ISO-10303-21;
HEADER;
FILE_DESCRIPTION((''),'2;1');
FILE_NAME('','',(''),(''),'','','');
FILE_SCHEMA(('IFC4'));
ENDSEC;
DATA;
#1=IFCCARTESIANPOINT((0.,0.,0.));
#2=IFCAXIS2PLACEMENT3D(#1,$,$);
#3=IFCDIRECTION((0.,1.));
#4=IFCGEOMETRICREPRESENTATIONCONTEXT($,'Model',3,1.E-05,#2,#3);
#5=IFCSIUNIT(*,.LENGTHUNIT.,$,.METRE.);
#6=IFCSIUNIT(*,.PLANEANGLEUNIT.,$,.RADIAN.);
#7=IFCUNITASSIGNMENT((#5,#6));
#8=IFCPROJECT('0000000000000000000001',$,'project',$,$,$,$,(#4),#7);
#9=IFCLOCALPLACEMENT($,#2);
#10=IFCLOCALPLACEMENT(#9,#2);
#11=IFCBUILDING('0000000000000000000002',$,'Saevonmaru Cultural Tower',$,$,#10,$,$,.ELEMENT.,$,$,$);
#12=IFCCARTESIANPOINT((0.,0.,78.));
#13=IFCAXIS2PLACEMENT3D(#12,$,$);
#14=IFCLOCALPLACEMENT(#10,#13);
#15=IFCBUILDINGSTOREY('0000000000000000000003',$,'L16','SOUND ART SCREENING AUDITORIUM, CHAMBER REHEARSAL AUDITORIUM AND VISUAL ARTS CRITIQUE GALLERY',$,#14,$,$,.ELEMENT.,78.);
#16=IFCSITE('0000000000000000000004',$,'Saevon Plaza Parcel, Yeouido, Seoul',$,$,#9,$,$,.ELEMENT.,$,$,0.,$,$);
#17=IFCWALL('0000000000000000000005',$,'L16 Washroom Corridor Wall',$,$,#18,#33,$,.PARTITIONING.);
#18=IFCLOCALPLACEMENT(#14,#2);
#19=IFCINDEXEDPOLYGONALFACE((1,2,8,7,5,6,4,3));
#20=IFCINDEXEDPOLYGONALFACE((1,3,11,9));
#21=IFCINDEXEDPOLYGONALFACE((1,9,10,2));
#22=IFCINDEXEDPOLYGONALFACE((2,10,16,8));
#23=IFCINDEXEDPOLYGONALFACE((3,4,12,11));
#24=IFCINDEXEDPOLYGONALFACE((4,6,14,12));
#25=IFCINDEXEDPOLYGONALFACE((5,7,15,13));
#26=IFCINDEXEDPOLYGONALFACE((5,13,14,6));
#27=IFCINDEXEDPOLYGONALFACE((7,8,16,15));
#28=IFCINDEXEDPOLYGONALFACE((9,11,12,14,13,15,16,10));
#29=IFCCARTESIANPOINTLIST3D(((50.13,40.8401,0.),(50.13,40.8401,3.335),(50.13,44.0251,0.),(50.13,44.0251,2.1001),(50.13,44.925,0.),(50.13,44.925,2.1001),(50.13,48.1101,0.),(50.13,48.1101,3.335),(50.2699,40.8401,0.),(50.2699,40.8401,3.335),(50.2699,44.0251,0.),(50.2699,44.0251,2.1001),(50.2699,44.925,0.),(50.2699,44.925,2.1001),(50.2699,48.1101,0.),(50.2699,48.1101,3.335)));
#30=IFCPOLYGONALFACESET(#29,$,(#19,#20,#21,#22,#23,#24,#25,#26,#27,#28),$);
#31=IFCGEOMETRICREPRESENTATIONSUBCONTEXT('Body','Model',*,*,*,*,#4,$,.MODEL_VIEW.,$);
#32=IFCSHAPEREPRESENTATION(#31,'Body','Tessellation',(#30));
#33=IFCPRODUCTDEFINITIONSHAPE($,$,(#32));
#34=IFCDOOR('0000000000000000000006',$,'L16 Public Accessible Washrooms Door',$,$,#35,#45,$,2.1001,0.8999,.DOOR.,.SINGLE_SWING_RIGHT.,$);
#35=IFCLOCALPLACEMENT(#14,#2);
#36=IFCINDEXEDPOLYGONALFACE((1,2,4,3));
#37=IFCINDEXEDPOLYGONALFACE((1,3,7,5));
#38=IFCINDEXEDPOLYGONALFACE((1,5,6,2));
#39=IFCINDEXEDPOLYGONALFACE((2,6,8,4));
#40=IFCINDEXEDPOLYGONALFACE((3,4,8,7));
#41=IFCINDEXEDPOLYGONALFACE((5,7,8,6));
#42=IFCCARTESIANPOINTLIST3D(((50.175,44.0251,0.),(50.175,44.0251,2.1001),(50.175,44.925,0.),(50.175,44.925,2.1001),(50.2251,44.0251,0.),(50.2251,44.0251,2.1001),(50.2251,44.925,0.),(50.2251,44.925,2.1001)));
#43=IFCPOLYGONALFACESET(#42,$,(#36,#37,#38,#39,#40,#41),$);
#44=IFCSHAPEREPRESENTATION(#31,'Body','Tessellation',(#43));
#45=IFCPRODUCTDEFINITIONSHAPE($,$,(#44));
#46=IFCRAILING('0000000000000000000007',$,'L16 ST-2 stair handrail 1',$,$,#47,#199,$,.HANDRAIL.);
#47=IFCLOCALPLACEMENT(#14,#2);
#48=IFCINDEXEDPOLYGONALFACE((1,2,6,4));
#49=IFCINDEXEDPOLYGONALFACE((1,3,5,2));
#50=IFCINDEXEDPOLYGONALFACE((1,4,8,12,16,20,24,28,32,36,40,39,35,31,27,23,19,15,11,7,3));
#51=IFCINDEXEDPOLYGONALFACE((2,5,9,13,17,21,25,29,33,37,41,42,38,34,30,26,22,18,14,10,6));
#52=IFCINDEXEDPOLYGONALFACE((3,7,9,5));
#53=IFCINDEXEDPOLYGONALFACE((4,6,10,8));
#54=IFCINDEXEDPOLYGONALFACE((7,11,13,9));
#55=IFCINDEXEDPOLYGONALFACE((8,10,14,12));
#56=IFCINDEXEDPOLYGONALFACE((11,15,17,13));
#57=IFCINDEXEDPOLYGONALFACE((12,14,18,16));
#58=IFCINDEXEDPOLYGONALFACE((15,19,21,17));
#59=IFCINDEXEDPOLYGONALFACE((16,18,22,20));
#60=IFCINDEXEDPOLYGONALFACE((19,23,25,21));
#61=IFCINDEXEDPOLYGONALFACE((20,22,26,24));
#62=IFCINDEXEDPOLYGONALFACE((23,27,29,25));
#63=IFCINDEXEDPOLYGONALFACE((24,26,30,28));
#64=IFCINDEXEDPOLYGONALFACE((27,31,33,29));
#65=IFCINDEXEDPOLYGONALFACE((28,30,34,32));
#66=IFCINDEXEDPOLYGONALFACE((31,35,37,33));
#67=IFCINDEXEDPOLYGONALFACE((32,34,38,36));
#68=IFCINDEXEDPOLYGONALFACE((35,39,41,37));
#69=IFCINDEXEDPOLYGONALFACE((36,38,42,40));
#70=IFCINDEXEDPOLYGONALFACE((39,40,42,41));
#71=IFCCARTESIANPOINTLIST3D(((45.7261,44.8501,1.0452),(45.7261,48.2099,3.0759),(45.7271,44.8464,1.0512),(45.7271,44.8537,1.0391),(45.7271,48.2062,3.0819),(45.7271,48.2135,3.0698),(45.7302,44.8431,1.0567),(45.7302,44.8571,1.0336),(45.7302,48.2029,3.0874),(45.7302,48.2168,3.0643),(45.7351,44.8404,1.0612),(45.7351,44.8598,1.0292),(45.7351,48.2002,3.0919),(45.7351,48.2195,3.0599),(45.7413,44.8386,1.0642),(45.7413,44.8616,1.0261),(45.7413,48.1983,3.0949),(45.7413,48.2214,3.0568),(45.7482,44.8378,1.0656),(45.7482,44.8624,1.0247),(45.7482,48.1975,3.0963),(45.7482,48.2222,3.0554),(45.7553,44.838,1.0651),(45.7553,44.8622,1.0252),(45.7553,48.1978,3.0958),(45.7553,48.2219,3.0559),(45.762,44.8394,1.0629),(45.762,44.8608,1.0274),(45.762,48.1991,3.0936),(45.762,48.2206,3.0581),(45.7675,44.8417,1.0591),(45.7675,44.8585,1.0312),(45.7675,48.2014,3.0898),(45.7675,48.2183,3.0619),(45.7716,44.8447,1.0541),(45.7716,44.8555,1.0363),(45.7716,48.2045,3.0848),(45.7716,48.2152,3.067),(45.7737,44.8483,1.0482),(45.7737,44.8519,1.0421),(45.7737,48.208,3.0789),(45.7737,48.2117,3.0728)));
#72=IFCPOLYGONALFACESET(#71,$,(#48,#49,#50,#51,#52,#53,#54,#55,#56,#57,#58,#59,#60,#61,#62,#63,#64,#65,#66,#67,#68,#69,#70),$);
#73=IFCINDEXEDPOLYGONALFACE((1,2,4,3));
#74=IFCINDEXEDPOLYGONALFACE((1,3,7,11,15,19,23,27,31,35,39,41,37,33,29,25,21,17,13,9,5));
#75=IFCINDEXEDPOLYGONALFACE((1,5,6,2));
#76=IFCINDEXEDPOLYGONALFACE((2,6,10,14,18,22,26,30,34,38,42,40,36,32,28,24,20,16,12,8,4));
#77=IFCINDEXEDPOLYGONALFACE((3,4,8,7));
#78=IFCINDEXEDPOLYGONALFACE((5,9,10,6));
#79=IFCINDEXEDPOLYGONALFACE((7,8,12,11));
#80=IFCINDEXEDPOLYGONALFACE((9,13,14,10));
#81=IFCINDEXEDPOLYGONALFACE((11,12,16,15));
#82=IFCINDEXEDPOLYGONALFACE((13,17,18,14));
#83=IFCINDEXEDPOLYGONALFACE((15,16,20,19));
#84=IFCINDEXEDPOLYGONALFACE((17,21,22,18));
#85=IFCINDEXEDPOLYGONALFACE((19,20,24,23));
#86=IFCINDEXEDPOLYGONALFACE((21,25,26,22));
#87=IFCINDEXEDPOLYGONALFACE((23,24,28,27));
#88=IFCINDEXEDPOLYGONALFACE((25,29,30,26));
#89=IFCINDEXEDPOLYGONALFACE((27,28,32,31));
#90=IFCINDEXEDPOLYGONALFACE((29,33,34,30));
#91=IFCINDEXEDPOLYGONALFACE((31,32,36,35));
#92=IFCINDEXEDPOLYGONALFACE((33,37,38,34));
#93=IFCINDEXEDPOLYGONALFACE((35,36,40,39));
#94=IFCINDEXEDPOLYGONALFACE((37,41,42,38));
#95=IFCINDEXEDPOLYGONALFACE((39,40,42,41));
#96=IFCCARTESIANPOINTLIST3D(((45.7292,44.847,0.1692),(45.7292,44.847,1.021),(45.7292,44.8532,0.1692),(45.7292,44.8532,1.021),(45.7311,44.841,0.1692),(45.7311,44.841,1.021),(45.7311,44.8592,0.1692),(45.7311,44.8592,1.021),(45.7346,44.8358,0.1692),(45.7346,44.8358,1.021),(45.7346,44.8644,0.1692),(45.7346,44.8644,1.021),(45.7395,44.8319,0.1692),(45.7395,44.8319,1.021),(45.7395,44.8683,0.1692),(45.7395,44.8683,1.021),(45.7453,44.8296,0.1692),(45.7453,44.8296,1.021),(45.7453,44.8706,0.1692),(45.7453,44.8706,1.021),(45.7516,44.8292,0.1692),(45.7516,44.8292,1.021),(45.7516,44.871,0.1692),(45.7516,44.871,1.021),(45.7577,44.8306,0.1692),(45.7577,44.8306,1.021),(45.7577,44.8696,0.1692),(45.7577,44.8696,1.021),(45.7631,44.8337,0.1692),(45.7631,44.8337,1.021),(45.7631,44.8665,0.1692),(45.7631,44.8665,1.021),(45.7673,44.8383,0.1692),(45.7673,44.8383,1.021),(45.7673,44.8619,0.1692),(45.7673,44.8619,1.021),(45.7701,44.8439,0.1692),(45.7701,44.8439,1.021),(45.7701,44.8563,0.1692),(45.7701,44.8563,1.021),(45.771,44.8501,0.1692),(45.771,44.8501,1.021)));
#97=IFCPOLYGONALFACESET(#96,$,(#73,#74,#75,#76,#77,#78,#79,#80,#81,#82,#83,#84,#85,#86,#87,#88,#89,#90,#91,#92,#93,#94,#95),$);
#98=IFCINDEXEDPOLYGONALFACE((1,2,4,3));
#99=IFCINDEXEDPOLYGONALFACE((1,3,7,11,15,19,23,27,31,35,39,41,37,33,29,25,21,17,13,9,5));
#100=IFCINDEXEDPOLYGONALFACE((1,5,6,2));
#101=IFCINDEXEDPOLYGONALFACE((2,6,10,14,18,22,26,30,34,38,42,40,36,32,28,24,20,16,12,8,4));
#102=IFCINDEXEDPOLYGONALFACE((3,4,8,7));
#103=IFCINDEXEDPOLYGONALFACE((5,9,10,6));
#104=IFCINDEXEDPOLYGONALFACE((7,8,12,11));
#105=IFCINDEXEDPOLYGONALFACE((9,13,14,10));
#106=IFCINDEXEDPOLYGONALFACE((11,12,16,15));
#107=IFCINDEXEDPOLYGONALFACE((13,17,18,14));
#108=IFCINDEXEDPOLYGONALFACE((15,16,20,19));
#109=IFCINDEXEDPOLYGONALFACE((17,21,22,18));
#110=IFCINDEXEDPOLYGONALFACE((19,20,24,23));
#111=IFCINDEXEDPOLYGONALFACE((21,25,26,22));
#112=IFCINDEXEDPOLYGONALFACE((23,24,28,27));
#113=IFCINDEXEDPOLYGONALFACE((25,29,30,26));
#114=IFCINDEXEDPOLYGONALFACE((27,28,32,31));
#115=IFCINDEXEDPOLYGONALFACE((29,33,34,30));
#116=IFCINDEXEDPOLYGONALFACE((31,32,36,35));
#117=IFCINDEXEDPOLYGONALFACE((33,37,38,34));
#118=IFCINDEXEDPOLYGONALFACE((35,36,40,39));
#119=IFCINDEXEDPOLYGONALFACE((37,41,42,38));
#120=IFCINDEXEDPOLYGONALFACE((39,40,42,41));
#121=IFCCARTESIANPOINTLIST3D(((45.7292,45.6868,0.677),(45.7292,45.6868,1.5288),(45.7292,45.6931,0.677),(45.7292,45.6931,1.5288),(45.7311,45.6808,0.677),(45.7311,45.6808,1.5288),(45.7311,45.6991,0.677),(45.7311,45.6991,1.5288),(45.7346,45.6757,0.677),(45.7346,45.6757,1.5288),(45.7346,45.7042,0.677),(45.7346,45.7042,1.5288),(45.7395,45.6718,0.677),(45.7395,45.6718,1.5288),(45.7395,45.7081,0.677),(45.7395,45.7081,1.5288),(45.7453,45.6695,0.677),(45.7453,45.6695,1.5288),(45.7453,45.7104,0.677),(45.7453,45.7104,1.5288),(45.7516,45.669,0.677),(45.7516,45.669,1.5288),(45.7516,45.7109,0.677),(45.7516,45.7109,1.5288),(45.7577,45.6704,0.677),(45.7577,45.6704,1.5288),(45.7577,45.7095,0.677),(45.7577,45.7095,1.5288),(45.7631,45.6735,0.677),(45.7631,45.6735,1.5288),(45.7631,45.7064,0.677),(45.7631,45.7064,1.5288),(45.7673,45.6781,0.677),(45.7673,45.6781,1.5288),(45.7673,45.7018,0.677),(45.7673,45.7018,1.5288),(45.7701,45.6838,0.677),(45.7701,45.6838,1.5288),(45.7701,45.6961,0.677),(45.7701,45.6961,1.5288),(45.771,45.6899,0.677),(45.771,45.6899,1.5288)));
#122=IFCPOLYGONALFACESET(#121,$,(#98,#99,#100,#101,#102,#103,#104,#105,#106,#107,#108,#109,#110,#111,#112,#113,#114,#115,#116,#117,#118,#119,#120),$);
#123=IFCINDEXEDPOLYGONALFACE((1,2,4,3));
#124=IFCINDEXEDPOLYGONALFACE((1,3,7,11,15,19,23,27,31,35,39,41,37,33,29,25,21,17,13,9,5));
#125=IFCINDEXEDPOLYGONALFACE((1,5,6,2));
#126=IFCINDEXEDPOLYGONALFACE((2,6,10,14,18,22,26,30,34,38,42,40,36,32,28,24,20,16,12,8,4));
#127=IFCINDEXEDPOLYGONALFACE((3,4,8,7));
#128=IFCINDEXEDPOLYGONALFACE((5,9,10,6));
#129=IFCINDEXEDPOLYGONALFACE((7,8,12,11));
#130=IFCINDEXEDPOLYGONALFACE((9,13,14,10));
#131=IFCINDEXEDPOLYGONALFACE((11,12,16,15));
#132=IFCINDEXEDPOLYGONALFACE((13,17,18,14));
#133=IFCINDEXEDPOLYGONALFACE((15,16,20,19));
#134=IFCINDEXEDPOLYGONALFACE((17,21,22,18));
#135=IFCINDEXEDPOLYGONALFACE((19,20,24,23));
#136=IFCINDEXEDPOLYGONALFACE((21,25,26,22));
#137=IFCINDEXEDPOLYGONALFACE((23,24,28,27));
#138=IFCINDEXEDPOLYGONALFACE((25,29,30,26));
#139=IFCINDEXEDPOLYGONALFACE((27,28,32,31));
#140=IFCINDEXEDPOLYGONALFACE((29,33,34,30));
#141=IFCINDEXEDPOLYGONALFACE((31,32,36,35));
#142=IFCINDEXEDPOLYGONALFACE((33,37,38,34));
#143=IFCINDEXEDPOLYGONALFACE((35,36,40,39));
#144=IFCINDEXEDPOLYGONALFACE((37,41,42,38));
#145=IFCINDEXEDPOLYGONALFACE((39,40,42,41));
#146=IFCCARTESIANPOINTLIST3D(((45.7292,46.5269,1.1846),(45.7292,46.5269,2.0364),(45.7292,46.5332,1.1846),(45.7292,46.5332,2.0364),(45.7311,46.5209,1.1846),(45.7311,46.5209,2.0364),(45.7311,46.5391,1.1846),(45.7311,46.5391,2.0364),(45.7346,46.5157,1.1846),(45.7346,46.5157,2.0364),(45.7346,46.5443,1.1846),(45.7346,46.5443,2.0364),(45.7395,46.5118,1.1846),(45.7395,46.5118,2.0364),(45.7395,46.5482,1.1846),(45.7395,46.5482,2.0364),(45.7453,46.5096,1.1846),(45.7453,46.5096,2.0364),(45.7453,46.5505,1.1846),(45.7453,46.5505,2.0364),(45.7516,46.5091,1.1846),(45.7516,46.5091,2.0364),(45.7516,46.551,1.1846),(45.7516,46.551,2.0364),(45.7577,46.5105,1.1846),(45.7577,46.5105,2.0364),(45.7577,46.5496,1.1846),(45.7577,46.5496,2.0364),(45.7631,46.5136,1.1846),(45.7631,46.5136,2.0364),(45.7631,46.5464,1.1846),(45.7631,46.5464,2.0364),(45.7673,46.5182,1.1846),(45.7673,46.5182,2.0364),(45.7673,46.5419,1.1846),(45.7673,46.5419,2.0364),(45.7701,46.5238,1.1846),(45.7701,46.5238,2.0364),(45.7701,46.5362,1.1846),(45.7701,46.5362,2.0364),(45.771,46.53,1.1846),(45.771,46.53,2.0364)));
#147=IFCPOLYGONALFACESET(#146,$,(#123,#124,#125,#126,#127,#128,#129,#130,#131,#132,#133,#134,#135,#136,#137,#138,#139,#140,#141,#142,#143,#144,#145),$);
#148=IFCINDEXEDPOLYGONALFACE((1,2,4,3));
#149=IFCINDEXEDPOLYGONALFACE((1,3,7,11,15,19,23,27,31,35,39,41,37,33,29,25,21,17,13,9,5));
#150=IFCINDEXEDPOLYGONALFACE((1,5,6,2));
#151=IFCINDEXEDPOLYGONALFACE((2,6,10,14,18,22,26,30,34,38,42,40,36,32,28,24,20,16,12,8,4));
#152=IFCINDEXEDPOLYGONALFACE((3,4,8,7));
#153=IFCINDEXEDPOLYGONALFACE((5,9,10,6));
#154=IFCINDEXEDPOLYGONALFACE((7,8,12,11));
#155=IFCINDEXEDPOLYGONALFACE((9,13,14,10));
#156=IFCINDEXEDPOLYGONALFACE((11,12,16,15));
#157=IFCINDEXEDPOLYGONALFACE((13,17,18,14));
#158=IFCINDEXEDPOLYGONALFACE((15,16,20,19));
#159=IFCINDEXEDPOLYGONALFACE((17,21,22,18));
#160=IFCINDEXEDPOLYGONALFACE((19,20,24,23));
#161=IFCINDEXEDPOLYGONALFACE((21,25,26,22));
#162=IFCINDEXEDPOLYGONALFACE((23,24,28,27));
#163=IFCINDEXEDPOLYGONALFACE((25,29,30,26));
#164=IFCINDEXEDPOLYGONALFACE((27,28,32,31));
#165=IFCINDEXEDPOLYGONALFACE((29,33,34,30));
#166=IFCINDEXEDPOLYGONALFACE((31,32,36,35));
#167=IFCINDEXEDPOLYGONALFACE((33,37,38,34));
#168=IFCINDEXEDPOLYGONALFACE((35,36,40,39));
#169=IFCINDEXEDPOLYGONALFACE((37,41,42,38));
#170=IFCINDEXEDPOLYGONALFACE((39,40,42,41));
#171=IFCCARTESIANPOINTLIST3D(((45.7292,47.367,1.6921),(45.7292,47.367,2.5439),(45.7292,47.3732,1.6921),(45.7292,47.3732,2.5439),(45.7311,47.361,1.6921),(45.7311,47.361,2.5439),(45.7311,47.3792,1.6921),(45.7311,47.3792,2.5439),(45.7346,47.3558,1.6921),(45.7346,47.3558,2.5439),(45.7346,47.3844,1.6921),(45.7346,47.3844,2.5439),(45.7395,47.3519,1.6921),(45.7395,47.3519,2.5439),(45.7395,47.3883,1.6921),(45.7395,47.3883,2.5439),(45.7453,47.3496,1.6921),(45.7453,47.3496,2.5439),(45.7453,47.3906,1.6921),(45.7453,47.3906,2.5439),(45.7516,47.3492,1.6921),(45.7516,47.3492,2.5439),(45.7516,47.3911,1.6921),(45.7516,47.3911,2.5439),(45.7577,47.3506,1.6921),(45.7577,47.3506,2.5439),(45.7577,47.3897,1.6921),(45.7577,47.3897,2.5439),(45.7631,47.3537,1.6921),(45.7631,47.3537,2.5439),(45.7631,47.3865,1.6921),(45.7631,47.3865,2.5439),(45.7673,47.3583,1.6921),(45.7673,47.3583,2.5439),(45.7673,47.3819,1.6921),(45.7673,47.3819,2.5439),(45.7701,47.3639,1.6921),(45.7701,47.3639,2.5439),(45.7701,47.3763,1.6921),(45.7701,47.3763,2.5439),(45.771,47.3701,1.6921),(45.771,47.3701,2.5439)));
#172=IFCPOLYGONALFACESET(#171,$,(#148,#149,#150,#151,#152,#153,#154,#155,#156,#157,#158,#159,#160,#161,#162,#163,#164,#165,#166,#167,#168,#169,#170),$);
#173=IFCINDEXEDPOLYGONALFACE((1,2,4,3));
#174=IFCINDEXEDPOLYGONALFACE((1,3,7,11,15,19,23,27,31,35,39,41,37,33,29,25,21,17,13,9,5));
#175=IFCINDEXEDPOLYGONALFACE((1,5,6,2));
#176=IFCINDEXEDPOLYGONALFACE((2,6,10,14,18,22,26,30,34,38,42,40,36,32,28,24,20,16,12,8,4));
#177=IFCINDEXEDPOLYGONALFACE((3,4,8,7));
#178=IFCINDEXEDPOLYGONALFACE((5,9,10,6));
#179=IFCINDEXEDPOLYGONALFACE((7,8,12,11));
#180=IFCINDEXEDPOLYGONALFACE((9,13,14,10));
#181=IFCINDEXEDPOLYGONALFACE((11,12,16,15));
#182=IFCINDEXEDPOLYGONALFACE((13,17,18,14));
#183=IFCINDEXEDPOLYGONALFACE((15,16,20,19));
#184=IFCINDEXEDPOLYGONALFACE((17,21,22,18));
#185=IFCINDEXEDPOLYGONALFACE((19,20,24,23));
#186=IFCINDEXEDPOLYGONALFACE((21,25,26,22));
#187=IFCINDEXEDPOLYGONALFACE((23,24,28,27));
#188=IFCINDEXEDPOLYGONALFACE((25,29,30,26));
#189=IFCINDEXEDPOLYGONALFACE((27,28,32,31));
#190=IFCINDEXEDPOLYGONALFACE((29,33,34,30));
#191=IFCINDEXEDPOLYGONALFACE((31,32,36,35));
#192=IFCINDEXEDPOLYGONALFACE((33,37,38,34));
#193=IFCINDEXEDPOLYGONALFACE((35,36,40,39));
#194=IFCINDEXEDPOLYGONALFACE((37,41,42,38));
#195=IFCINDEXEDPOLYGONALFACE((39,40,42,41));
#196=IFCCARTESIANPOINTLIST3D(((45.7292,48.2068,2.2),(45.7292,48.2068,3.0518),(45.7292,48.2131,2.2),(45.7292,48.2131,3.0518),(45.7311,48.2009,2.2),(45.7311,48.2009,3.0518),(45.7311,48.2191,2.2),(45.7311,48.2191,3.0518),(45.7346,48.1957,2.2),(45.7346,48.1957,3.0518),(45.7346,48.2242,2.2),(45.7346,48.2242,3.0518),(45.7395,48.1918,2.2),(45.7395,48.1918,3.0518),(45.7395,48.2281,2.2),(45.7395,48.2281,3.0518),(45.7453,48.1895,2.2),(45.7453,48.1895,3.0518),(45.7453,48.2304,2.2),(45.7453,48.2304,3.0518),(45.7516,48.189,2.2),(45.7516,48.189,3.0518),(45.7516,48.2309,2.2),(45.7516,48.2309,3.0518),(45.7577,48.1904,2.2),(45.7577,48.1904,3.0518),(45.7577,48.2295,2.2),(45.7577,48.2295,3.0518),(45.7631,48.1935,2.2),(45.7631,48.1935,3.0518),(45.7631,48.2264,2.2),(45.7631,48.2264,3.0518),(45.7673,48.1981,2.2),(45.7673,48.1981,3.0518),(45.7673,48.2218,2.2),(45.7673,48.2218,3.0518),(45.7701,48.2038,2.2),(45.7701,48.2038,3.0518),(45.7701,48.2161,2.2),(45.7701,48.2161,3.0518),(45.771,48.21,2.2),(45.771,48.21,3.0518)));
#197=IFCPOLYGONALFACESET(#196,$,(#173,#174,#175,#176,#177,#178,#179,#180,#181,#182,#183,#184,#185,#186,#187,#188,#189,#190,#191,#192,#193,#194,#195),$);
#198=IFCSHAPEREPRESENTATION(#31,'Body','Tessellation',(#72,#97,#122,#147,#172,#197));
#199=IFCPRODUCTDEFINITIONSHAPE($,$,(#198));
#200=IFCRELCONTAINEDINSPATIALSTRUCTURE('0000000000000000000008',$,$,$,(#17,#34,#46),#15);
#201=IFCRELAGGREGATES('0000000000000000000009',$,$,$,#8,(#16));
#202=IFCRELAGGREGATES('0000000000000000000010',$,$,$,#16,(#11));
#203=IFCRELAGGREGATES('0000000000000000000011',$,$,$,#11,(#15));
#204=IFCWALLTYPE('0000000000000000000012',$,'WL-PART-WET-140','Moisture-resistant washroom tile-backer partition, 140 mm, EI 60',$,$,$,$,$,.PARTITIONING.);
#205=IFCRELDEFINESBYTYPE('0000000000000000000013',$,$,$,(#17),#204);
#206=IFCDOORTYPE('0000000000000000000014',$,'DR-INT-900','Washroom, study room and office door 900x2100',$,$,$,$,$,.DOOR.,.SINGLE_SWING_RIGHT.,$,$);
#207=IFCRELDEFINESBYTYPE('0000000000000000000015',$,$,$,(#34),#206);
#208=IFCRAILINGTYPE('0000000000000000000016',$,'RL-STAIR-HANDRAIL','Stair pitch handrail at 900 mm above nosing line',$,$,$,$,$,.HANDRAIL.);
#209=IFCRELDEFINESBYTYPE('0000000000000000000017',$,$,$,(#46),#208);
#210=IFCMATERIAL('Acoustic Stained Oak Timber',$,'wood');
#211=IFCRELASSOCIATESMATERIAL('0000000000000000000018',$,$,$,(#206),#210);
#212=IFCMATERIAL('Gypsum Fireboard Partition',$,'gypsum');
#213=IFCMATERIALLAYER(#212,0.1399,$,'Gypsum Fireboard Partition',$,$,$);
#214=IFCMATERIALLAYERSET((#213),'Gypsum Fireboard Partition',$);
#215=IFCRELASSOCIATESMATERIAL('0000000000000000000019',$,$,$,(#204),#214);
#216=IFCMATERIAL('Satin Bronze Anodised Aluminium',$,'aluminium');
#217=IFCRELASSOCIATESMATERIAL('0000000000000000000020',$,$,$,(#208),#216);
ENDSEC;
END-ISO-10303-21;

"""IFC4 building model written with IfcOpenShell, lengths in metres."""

from ifc_helpers import new_model, si_unit, direction, frame, frame_2d, origin, origin_2d, place, context, subcontext, project, spatial, rectangle, circle, extrude, material, layer, layer_set, type_object, element, fill, save


model = new_model("IFC4")

# Units and contexts
model_context = context("Model", 3, precision=1e-05, world=origin(), true_north=direction((0.0, 1.0)))
body_context = subcontext(model_context, "Body", "Model", "MODEL_VIEW")
ifc_project = project(units=[si_unit("LENGTHUNIT", "METRE"), si_unit("PLANEANGLEUNIT", "RADIAN")], contexts=[model_context])

# Site, building, storey
site_placement = place(None, origin())
site = spatial("IfcSite", under=ifc_project, at=site_placement, Name="Saevon Plaza Parcel, Yeouido, Seoul", CompositionType="ELEMENT", RefElevation=0.0)
building_placement = place(site_placement, origin())
building = spatial("IfcBuilding", under=site, at=building_placement, Name="Saevonmaru Cultural Tower", CompositionType="ELEMENT")
storey_placement = place(building_placement, frame((0.0, 0.0, 78.0)))
storey = spatial("IfcBuildingStorey", under=building, at=storey_placement, Name="L16", Description="SOUND ART SCREENING AUDITORIUM, CHAMBER REHEARSAL AUDITORIUM AND VISUAL ARTS CRITIQUE GALLERY", CompositionType="ELEMENT", Elevation=78.0)

# Shared definitions
ifc_material_1 = material(Name="Satin Bronze Anodised Aluminium", Category="aluminium")

# Shared definitions
ifc_material_2 = material(Name="Gypsum Fireboard Partition", Category="gypsum")
ifc_material_3 = material(Name="Acoustic Stained Oak Timber", Category="wood")
door_type_1 = type_object("IfcDoorType", Name="DR-INT-900", Description="Washroom, study room and office door 900x2100", OperationType="SINGLE_SWING_RIGHT", PredefinedType="DOOR", material=ifc_material_3)

# Shared definitions
ifc_layer_1 = layer(ifc_material_2, 0.1399, Name="Gypsum Fireboard Partition")
ifc_layer_set_1 = layer_set([ifc_layer_1], Name="Gypsum Fireboard Partition")
wall_type_1 = type_object("IfcWallType", Name="WL-PART-WET-140", Description="Moisture-resistant washroom tile-backer partition, 140 mm, EI 60", PredefinedType="PARTITIONING", material=ifc_layer_set_1)

# Wall, opening, door
wall_1_placement = place(storey_placement, frame((50.2, 40.8401, 0.0), z_axis=(0.0, 0.0, 1.0), x_axis=(0.0, 1.0, 0.0)))
wall_1 = element("IfcWall", 1, at=wall_1_placement, inside=storey, type_object=wall_type_1, Name="L16 Washroom Corridor Wall", PredefinedType="PARTITIONING", context=body_context, shape_type="SweptSolid", body=[
    extrude(rectangle(XDim=7.27, YDim=0.1399, at=frame_2d((3.635, 0.0))), origin(), (0.0, 0.0, 1.0), 3.335),
])
opening_1_placement = place(wall_1_placement, frame((3.1851, 0.0, 0.0)))
opening_1 = element("IfcOpeningElement", 2, at=opening_1_placement, cuts=wall_1, PredefinedType="OPENING", context=body_context, shape_type="SweptSolid", body=[
    extrude(rectangle(XDim=0.8999, YDim=2.1001, at=frame_2d((0.45, 1.05))), frame((0.0, 0.0801, 0.0), z_axis=(0.0, -1.0, 0.0), x_axis=(1.0, 0.0, 0.0)), (0.0, 0.0, 1.0), 0.1599),
])
door_1_placement = place(opening_1_placement, origin())
door_1 = element("IfcDoor", 3, at=door_1_placement, inside=storey, type_object=door_type_1, Name="L16 Public Accessible Washrooms Door", OperationType="SINGLE_SWING_RIGHT", OverallHeight=2.1001, OverallWidth=0.8999, PredefinedType="DOOR", context=body_context, shape_type="SweptSolid", body=[
    extrude(rectangle(XDim=0.8999, YDim=2.1001, at=frame_2d((0.45, 1.05))), frame((0.0, 0.0249, 0.0), z_axis=(0.0, -1.0, 0.0), x_axis=(1.0, 0.0, 0.0)), (0.0, 0.0, 1.0), 0.05),
])
fill(opening_1, door_1)

# Railing
railing_type = type_object("IfcRailingType", Name="RL-STAIR-HANDRAIL", Description="Stair pitch handrail at 900 mm above nosing line", PredefinedType="HANDRAIL", material=ifc_material_1)
railing_placement = place(storey_placement, frame((45.75, 44.8501, 0.1692)))
element("IfcRailing", 4, at=railing_placement, inside=storey, type_object=railing_type, Name="L16 ST-2 stair handrail 1", PredefinedType="HANDRAIL", context=body_context, shape_type="SweptSolid", body=[
    extrude(circle(Radius=0.0239, at=origin_2d()), frame((0.0, 0.0, 0.876), z_axis=(0.0, 0.85582, 0.517273), x_axis=(-1.0, 0.0, 0.0)), (0.0, 0.0, 1.0), 3.9258),
    extrude(circle(Radius=0.021, at=origin_2d()), origin(), (0.0, 0.0, 1.0), 0.8518),
    extrude(circle(Radius=0.021, at=origin_2d()), frame((0.0, 0.8398, 0.5078)), (0.0, 0.0, 1.0), 0.8518),
    extrude(circle(Radius=0.021, at=origin_2d()), frame((0.0, 1.6799, 1.0154)), (0.0, 0.0, 1.0), 0.8518),
    extrude(circle(Radius=0.021, at=origin_2d()), frame((0.0, 2.52, 1.5229)), (0.0, 0.0, 1.0), 0.8518),
    extrude(circle(Radius=0.021, at=origin_2d()), frame((0.0, 3.3599, 2.0308)), (0.0, 0.0, 1.0), 0.8518),
])

save(model, "model.ifc")
